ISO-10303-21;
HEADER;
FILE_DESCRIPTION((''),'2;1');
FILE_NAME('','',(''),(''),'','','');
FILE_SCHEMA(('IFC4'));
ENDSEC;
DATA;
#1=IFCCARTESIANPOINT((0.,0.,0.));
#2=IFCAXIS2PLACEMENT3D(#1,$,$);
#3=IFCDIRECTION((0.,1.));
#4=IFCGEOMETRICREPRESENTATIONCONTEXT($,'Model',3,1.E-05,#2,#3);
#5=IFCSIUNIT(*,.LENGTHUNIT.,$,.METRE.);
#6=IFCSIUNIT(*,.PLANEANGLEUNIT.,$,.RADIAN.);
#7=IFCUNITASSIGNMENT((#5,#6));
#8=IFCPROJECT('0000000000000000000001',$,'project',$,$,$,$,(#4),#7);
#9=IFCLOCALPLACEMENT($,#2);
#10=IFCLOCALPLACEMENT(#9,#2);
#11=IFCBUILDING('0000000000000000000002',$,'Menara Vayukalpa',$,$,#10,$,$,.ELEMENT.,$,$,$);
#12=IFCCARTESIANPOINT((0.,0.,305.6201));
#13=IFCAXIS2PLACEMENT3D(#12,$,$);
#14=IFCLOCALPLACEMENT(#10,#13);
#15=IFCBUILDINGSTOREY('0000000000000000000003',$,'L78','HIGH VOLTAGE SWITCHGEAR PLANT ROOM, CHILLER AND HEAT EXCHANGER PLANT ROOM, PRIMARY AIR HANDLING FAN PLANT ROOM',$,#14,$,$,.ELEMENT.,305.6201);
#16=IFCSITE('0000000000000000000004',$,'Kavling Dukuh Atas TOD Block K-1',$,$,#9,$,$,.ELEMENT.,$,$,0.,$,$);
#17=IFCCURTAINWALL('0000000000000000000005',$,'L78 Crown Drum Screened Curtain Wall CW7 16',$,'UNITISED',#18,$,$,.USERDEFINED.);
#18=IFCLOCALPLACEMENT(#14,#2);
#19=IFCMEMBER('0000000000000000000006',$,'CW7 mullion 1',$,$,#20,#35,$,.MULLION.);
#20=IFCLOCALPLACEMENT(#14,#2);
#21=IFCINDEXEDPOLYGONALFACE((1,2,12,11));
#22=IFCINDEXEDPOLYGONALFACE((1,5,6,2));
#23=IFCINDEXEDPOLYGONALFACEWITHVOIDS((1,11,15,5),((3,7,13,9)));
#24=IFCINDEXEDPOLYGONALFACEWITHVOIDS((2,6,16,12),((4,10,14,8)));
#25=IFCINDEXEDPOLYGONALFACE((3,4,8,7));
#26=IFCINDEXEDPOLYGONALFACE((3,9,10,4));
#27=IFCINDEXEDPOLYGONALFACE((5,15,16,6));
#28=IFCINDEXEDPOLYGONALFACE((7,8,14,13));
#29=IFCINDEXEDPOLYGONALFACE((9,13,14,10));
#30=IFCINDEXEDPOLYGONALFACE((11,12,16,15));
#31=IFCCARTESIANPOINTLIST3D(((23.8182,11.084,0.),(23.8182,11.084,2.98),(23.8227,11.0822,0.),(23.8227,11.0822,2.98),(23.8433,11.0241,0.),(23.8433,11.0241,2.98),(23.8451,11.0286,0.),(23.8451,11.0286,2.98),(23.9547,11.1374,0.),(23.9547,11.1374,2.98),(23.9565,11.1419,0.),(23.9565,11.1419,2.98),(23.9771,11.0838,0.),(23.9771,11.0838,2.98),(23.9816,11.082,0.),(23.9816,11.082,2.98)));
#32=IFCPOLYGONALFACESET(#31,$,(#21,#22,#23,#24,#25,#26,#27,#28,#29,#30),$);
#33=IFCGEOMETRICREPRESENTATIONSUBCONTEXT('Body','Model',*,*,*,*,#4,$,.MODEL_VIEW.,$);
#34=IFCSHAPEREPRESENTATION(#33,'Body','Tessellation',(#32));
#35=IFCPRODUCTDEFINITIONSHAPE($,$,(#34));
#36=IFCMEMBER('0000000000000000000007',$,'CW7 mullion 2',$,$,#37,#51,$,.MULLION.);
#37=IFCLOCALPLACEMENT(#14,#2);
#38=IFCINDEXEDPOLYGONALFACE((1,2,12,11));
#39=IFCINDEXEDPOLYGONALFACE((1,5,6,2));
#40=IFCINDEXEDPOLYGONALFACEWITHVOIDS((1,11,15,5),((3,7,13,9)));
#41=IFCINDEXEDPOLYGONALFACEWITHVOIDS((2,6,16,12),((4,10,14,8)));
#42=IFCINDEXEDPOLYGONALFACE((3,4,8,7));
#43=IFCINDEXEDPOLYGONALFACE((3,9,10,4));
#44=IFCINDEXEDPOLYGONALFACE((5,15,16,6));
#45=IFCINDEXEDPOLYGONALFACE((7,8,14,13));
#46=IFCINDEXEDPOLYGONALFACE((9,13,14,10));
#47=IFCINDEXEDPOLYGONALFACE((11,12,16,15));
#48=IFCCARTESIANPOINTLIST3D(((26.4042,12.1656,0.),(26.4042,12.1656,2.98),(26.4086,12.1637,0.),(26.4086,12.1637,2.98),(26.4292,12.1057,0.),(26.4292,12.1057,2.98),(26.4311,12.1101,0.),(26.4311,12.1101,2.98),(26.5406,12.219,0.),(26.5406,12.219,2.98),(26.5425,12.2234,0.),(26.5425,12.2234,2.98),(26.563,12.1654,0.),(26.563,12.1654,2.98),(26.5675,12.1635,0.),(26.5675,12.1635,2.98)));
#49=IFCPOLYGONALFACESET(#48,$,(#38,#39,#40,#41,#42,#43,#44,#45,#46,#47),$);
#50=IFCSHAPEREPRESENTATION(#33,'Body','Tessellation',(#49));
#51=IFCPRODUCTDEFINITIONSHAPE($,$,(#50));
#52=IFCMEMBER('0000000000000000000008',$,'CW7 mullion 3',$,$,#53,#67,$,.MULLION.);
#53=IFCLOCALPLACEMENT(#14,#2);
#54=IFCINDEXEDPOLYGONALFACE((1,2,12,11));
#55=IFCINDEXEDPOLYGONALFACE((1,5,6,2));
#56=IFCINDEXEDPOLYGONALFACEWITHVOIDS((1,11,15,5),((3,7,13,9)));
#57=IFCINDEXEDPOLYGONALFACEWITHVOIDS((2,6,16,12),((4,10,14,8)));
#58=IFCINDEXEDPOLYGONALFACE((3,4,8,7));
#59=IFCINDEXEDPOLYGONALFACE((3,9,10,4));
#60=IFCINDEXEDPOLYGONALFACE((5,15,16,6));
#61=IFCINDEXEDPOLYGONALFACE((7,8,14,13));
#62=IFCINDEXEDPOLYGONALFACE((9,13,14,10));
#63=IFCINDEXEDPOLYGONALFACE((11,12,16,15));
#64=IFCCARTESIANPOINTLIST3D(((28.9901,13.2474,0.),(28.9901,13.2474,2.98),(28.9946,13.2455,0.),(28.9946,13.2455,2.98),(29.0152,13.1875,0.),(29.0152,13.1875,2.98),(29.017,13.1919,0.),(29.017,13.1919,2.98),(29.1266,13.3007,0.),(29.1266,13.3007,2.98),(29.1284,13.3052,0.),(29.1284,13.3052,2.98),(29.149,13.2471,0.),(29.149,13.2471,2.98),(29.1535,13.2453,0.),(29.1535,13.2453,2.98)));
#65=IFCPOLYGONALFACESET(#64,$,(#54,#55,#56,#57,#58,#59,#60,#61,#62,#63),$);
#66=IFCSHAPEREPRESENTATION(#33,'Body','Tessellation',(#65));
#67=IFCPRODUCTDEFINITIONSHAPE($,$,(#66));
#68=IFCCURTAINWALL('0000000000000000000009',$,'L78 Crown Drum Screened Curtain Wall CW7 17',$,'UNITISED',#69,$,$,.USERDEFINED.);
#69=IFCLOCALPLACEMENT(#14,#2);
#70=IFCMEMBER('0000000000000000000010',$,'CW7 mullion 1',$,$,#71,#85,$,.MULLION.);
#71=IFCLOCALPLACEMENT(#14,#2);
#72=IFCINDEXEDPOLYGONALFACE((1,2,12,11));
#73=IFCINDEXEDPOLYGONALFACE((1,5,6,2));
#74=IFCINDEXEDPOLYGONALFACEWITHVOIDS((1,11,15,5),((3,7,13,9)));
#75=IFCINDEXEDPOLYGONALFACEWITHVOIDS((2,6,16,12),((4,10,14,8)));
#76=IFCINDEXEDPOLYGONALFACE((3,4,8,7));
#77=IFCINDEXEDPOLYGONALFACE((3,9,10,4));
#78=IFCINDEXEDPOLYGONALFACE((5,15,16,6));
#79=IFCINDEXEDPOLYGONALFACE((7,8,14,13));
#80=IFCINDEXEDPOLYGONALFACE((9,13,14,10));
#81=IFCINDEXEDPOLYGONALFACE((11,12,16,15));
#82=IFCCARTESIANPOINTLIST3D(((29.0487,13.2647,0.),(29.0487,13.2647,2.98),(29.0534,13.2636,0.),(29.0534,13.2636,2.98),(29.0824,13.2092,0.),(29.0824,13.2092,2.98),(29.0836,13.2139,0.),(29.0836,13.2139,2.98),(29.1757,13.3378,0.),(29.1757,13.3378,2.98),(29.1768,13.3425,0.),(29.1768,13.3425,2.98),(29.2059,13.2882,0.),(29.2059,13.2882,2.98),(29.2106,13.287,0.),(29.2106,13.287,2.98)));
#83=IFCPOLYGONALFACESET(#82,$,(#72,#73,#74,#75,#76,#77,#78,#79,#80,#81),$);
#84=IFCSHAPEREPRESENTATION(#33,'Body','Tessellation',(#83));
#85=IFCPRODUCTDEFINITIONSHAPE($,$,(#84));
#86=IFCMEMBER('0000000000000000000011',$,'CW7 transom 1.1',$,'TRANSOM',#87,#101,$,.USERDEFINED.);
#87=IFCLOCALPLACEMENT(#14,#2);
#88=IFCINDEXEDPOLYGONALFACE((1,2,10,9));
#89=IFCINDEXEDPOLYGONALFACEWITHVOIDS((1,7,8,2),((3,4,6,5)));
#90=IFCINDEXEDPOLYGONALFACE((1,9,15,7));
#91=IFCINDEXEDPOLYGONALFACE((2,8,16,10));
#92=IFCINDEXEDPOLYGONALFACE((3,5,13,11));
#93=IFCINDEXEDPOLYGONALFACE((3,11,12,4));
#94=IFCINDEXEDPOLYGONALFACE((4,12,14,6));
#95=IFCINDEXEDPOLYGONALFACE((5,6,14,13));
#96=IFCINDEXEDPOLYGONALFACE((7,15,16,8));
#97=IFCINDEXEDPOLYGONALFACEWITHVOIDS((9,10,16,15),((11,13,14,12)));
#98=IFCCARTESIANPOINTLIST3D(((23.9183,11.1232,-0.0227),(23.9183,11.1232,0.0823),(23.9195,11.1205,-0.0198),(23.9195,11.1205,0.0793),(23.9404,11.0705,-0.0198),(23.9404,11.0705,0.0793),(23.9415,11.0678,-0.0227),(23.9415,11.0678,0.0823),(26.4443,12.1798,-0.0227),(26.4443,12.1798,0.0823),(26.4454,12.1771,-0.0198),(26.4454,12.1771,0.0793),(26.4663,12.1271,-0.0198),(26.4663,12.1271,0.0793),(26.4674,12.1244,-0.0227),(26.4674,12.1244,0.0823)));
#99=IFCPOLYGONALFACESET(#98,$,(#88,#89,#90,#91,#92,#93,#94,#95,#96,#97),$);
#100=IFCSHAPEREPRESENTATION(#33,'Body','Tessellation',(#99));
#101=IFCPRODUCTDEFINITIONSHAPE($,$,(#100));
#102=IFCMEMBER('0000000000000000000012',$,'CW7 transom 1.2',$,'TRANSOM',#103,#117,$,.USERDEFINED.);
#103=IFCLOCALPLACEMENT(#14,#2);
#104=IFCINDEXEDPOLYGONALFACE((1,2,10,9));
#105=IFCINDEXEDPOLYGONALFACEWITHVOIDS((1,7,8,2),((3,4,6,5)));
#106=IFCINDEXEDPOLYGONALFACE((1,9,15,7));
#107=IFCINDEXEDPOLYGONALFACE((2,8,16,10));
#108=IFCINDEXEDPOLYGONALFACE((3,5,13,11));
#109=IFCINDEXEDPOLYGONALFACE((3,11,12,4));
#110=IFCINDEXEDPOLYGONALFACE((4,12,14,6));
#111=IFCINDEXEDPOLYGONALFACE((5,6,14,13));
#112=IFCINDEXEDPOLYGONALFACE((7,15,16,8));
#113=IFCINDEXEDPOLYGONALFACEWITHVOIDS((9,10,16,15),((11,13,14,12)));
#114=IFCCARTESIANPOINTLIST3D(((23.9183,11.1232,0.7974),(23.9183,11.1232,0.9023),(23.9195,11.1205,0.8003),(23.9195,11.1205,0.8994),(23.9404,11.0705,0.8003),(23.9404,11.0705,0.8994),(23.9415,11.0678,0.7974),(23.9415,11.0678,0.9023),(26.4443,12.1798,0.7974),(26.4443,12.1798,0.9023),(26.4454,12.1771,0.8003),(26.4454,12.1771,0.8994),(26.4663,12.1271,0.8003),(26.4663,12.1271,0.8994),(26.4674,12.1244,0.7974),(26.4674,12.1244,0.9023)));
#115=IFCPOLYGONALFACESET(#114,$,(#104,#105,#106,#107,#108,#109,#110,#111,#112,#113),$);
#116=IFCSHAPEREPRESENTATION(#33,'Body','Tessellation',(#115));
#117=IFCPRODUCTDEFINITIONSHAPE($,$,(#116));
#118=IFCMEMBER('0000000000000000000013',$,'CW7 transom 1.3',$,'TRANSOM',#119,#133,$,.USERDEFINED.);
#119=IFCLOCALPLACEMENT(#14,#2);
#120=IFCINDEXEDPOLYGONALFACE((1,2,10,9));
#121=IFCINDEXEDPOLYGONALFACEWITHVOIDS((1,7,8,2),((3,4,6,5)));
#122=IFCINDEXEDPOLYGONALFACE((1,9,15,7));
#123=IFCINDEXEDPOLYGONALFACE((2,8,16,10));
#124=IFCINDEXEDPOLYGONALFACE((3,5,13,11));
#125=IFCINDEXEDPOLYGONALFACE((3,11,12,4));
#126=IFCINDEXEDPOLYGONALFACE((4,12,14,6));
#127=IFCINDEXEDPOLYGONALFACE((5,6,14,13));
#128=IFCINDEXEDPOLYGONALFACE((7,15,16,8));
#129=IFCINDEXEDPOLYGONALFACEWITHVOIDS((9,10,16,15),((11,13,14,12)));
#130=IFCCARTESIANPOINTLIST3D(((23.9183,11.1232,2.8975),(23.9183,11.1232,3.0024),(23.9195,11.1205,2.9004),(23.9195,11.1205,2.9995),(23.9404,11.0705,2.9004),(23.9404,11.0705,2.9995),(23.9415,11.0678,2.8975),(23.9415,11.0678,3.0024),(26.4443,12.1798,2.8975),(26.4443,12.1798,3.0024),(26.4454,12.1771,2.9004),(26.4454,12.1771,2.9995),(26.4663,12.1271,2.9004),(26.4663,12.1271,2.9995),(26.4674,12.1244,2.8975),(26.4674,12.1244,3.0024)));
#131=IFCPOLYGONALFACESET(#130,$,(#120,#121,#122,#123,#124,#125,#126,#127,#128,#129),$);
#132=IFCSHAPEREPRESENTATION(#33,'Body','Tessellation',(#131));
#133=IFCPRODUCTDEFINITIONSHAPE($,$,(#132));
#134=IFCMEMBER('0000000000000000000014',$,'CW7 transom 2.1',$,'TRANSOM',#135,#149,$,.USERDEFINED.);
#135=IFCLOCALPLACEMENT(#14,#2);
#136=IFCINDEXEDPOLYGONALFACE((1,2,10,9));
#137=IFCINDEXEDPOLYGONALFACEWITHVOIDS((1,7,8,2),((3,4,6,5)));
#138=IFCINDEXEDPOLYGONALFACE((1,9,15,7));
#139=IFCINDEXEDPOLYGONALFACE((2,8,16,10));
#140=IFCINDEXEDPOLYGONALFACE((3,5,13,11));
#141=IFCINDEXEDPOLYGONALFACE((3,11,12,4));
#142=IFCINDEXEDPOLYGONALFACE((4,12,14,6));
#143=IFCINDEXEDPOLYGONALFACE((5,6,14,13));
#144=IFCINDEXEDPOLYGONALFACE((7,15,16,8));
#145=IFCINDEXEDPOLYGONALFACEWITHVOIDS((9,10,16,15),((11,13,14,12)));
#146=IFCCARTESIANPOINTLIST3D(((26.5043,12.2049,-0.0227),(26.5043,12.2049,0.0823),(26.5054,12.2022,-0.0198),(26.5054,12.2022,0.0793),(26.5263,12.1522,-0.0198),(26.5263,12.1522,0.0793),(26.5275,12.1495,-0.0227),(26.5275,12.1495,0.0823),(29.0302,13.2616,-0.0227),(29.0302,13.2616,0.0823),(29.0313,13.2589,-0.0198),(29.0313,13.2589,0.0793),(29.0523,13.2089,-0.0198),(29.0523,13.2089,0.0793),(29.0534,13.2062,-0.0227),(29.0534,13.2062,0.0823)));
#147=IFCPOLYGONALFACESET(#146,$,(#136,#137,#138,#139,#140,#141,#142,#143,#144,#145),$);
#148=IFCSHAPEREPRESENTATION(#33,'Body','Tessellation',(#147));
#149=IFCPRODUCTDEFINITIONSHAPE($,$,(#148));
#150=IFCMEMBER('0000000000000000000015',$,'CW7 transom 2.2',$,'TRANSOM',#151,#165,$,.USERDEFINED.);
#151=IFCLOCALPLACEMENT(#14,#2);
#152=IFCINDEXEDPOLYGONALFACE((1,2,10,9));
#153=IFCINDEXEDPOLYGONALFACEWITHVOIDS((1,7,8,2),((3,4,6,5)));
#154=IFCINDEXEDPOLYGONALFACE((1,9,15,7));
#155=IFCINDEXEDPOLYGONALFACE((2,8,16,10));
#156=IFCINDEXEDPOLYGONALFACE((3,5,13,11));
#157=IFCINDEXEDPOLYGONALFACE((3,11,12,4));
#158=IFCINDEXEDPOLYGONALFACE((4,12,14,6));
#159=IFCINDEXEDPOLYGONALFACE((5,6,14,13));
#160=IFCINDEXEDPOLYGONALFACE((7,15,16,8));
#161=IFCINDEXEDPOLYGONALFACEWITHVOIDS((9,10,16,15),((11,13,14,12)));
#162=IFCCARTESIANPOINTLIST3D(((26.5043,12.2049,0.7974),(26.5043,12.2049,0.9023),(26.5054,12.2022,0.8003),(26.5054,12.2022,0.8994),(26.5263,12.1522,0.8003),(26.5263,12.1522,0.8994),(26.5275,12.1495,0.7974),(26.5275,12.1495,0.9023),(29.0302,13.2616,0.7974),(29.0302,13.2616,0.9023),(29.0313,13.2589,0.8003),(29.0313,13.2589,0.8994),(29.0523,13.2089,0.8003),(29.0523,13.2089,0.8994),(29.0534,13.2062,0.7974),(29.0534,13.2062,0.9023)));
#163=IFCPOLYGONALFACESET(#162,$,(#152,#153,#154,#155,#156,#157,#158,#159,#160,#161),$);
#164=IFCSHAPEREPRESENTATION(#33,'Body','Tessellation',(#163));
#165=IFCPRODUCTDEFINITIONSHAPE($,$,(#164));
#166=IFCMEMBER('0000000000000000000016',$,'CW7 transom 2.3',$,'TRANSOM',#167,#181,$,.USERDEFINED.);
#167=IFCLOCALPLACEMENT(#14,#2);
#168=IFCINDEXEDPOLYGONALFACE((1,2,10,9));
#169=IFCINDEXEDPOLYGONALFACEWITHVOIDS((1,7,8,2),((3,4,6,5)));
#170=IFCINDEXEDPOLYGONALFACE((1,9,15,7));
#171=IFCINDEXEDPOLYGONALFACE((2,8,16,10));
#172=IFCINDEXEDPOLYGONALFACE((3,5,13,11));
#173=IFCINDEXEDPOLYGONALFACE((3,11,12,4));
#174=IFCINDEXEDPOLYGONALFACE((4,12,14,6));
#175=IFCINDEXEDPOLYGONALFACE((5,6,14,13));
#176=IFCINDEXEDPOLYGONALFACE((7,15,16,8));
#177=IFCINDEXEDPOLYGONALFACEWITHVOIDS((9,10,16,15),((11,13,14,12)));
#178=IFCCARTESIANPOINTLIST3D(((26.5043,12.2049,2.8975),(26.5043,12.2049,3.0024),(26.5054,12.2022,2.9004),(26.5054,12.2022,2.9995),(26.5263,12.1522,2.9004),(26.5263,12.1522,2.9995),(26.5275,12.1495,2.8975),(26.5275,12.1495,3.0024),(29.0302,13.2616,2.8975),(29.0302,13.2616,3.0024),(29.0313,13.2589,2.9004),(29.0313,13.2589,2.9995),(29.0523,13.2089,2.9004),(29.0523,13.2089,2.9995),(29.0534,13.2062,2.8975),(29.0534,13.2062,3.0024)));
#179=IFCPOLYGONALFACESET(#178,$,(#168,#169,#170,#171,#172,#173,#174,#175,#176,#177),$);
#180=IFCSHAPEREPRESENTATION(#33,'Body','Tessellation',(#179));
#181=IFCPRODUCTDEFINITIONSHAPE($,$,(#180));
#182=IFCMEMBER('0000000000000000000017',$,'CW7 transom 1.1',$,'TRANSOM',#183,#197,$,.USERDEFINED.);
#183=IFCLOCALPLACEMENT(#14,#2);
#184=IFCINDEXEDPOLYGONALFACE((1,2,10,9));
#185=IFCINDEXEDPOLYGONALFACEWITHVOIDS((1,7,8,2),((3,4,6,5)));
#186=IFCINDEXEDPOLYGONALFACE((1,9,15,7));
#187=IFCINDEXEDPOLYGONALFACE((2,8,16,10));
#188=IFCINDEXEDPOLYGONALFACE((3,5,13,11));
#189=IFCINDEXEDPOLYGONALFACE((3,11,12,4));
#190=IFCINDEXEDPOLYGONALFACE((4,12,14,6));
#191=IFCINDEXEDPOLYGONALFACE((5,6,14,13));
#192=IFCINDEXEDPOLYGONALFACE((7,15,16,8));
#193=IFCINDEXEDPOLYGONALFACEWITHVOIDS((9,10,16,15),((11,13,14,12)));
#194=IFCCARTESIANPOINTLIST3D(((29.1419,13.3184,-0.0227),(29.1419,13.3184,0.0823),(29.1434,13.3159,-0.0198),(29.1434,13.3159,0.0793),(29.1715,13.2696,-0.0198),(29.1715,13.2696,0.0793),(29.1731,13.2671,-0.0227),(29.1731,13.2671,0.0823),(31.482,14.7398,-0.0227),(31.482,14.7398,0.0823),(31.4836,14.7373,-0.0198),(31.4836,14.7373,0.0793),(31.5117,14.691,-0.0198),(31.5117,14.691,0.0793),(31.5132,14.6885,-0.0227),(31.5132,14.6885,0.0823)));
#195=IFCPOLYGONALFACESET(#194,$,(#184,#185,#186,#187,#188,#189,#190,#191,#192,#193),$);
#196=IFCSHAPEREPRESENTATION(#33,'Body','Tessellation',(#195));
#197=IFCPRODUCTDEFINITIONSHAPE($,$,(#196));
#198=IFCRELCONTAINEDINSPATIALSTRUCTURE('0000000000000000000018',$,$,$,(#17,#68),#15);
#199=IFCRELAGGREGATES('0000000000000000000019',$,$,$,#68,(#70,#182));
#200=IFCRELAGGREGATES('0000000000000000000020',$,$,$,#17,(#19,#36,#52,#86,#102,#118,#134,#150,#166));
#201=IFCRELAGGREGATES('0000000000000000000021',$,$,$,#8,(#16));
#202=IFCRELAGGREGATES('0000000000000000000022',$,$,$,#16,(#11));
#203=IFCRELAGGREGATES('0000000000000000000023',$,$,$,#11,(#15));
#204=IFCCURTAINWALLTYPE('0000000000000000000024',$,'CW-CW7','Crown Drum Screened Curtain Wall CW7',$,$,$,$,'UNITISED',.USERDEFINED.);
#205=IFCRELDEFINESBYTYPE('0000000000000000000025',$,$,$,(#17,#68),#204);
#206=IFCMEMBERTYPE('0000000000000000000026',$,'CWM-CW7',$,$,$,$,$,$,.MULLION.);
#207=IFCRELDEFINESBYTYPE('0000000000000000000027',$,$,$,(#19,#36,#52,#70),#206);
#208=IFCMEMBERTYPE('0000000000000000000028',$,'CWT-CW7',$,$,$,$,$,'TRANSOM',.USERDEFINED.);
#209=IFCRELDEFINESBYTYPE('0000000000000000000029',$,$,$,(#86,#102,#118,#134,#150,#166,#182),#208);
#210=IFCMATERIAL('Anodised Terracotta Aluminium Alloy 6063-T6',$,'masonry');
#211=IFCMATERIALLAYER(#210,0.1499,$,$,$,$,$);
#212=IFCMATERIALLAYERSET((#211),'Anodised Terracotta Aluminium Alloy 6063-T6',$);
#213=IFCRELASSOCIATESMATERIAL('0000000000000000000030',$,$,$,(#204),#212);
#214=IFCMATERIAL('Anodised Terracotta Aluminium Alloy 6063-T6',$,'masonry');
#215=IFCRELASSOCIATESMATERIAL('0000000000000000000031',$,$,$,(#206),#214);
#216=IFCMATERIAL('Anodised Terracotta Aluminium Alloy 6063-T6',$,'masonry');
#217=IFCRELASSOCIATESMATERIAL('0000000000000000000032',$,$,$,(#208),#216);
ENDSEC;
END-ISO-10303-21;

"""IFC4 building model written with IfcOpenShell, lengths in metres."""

from ifc_helpers import new_model, si_unit, direction, frame, origin, origin_2d, place, context, subcontext, project, spatial, hollow_rectangle, extrude, material, layer, layer_set, material_profile, profile_set, type_object, element, aggregate, save


model = new_model("IFC4")

# Units and contexts
model_context = context("Model", 3, precision=1e-05, world=origin(), true_north=direction((0.0, 1.0)))
body_context = subcontext(model_context, "Body", "Model", "MODEL_VIEW")
ifc_project = project(units=[si_unit("LENGTHUNIT", "METRE"), si_unit("PLANEANGLEUNIT", "RADIAN")], contexts=[model_context])

# Site, building, storey
site_placement = place(None, origin())
site = spatial("IfcSite", under=ifc_project, at=site_placement, Name="Kavling Dukuh Atas TOD Block K-1", CompositionType="ELEMENT", RefElevation=0.0)
building_placement = place(site_placement, origin())
building = spatial("IfcBuilding", under=site, at=building_placement, Name="Menara Vayukalpa", CompositionType="ELEMENT")
storey_placement = place(building_placement, frame((0.0, 0.0, 305.6201)))
storey = spatial("IfcBuildingStorey", under=building, at=storey_placement, Name="L78", Description="HIGH VOLTAGE SWITCHGEAR PLANT ROOM, CHILLER AND HEAT EXCHANGER PLANT ROOM, PRIMARY AIR HANDLING FAN PLANT ROOM", CompositionType="ELEMENT", Elevation=305.6201)

# Curtain wall, members
ifc_material_1 = material(Name="Anodised Terracotta Aluminium Alloy 6063-T6", Category="masonry")
ifc_layer_1 = layer(ifc_material_1, 0.1499)
ifc_layer_set_1 = layer_set([ifc_layer_1], Name="Anodised Terracotta Aluminium Alloy 6063-T6")
curtain_wall_type = type_object("IfcCurtainWallType", Name="CW-CW7", Description="Crown Drum Screened Curtain Wall CW7", ElementType="UNITISED", PredefinedType="USERDEFINED", material=ifc_layer_set_1)
curtain_wall_1_placement = place(storey_placement, origin())
curtain_wall_1 = element("IfcCurtainWall", 1, at=curtain_wall_1_placement, inside=storey, type_object=curtain_wall_type, Name="L78 Crown Drum Screened Curtain Wall CW7 16", ObjectType="UNITISED", PredefinedType="USERDEFINED")
ifc_material_2 = material(Name="Anodised Terracotta Aluminium Alloy 6063-T6", Category="masonry")
ifc_material_profile_1 = material_profile(ifc_material_2, hollow_rectangle(XDim=0.0649, YDim=0.1499, WallThickness=0.0034, at=origin_2d()), Name="ALU 65x150x3.5")
ifc_profile_set_1 = profile_set([ifc_material_profile_1], Name="Anodised Terracotta Aluminium Alloy 6063-T6")
member_type_1 = type_object("IfcMemberType", Name="CWM-CW7", PredefinedType="MULLION", material=ifc_profile_set_1)
member_1_placement = place(storey_placement, frame((23.8999, 11.083, 0.0), z_axis=(0.0, 0.0, 1.0), x_axis=(-0.385898, 0.922541, 0.0)))
member_1 = element("IfcMember", 2, at=member_1_placement, type_object=member_type_1, Name="CW7 mullion 1", PredefinedType="MULLION", context=body_context, shape_type="SweptSolid", body=[
    extrude(hollow_rectangle(XDim=0.0649, YDim=0.1499, WallThickness=0.0034, at=origin_2d()), origin(), (0.0, 0.0, 1.0), 2.98),
])
member_2_placement = place(storey_placement, frame((26.4858, 12.1646, 0.0), z_axis=(0.0, 0.0, 1.0), x_axis=(-0.385898, 0.922541, 0.0)))
member_2 = element("IfcMember", 3, at=member_2_placement, type_object=member_type_1, Name="CW7 mullion 2", PredefinedType="MULLION", context=body_context, shape_type="SweptSolid", body=[
    extrude(hollow_rectangle(XDim=0.0649, YDim=0.1499, WallThickness=0.0034, at=origin_2d()), origin(), (0.0, 0.0, 1.0), 2.98),
])
member_3_placement = place(storey_placement, frame((29.0718, 13.2463, 0.0), z_axis=(0.0, 0.0, 1.0), x_axis=(-0.385898, 0.922541, 0.0)))
member_3 = element("IfcMember", 4, at=member_3_placement, type_object=member_type_1, Name="CW7 mullion 3", PredefinedType="MULLION", context=body_context, shape_type="SweptSolid", body=[
    extrude(hollow_rectangle(XDim=0.0649, YDim=0.1499, WallThickness=0.0034, at=origin_2d()), origin(), (0.0, 0.0, 1.0), 2.98),
])

# Curtain wall, member
curtain_wall_2_placement = place(storey_placement, origin())
curtain_wall_2 = element("IfcCurtainWall", 5, at=curtain_wall_2_placement, inside=storey, type_object=curtain_wall_type, Name="L78 Crown Drum Screened Curtain Wall CW7 17", ObjectType="UNITISED", PredefinedType="USERDEFINED")
member_4_placement = place(storey_placement, frame((29.1296, 13.2759, 0.0), z_axis=(0.0, 0.0, 1.0), x_axis=(-0.519176, 0.854667, 0.0)))
member_4 = element("IfcMember", 6, at=member_4_placement, type_object=member_type_1, Name="CW7 mullion 1", PredefinedType="MULLION", context=body_context, shape_type="SweptSolid", body=[
    extrude(hollow_rectangle(XDim=0.0649, YDim=0.1499, WallThickness=0.0034, at=origin_2d()), origin(), (0.0, 0.0, 1.0), 2.98),
])

# Members
ifc_material_3 = material(Name="Anodised Terracotta Aluminium Alloy 6063-T6", Category="masonry")
ifc_material_profile_2 = material_profile(ifc_material_3, hollow_rectangle(XDim=0.0601, YDim=0.105, WallThickness=0.0029, at=origin_2d()), Name="ALU 60x105x3")
ifc_profile_set_2 = profile_set([ifc_material_profile_2], Name="Anodised Terracotta Aluminium Alloy 6063-T6")
member_type_2 = type_object("IfcMemberType", Name="CWT-CW7", ElementType="TRANSOM", PredefinedType="USERDEFINED", material=ifc_profile_set_2)
member_5_placement = place(storey_placement, frame((23.9299, 11.0955, 0.0298), z_axis=(0.922533, 0.385919, 0.0), x_axis=(-0.385919, 0.922533, 0.0)))
member_5 = element("IfcMember", 7, at=member_5_placement, type_object=member_type_2, Name="CW7 transom 1.1", ObjectType="TRANSOM", PredefinedType="USERDEFINED", context=body_context, shape_type="SweptSolid", body=[
    extrude(hollow_rectangle(XDim=0.0601, YDim=0.105, WallThickness=0.0029, at=origin_2d()), origin(), (0.0, 0.0, 1.0), 2.738),
])
member_6_placement = place(storey_placement, frame((23.9299, 11.0955, 0.8499), z_axis=(0.922533, 0.385919, 0.0), x_axis=(-0.385919, 0.922533, 0.0)))
member_6 = element("IfcMember", 8, at=member_6_placement, type_object=member_type_2, Name="CW7 transom 1.2", ObjectType="TRANSOM", PredefinedType="USERDEFINED", context=body_context, shape_type="SweptSolid", body=[
    extrude(hollow_rectangle(XDim=0.0601, YDim=0.105, WallThickness=0.0029, at=origin_2d()), origin(), (0.0, 0.0, 1.0), 2.738),
])
member_7_placement = place(storey_placement, frame((23.9299, 11.0955, 2.95), z_axis=(0.922533, 0.385919, 0.0), x_axis=(-0.385919, 0.922533, 0.0)))
member_7 = element("IfcMember", 9, at=member_7_placement, type_object=member_type_2, Name="CW7 transom 1.3", ObjectType="TRANSOM", PredefinedType="USERDEFINED", context=body_context, shape_type="SweptSolid", body=[
    extrude(hollow_rectangle(XDim=0.0601, YDim=0.105, WallThickness=0.0029, at=origin_2d()), origin(), (0.0, 0.0, 1.0), 2.738),
])
member_8_placement = place(storey_placement, frame((26.5159, 12.1772, 0.0298), z_axis=(0.922533, 0.385919, 0.0), x_axis=(-0.385919, 0.922533, 0.0)))
member_8 = element("IfcMember", 10, at=member_8_placement, type_object=member_type_2, Name="CW7 transom 2.1", ObjectType="TRANSOM", PredefinedType="USERDEFINED", context=body_context, shape_type="SweptSolid", body=[
    extrude(hollow_rectangle(XDim=0.0601, YDim=0.105, WallThickness=0.0029, at=origin_2d()), origin(), (0.0, 0.0, 1.0), 2.738),
])
member_9_placement = place(storey_placement, frame((26.5159, 12.1772, 0.8499), z_axis=(0.922533, 0.385919, 0.0), x_axis=(-0.385919, 0.922533, 0.0)))
member_9 = element("IfcMember", 11, at=member_9_placement, type_object=member_type_2, Name="CW7 transom 2.2", ObjectType="TRANSOM", PredefinedType="USERDEFINED", context=body_context, shape_type="SweptSolid", body=[
    extrude(hollow_rectangle(XDim=0.0601, YDim=0.105, WallThickness=0.0029, at=origin_2d()), origin(), (0.0, 0.0, 1.0), 2.738),
])
member_10_placement = place(storey_placement, frame((26.5159, 12.1772, 2.95), z_axis=(0.922533, 0.385919, 0.0), x_axis=(-0.385919, 0.922533, 0.0)))
member_10 = element("IfcMember", 12, at=member_10_placement, type_object=member_type_2, Name="CW7 transom 2.3", ObjectType="TRANSOM", PredefinedType="USERDEFINED", context=body_context, shape_type="SweptSolid", body=[
    extrude(hollow_rectangle(XDim=0.0601, YDim=0.105, WallThickness=0.0029, at=origin_2d()), origin(), (0.0, 0.0, 1.0), 2.738),
])
member_11_placement = place(storey_placement, frame((29.1575, 13.2927, 0.0298), z_axis=(0.854687, 0.519143, 0.0), x_axis=(-0.519143, 0.854687, 0.0)))
member_11 = element("IfcMember", 13, at=member_11_placement, type_object=member_type_2, Name="CW7 transom 1.1", ObjectType="TRANSOM", PredefinedType="USERDEFINED", context=body_context, shape_type="SweptSolid", body=[
    extrude(hollow_rectangle(XDim=0.0601, YDim=0.105, WallThickness=0.0029, at=origin_2d()), origin(), (0.0, 0.0, 1.0), 2.738),
])
aggregate(curtain_wall_2, [member_4, member_11])

aggregate(curtain_wall_1, [member_1, member_2, member_3, member_5, member_6, member_7, member_8, member_9, member_10])

save(model, "model.ifc")
